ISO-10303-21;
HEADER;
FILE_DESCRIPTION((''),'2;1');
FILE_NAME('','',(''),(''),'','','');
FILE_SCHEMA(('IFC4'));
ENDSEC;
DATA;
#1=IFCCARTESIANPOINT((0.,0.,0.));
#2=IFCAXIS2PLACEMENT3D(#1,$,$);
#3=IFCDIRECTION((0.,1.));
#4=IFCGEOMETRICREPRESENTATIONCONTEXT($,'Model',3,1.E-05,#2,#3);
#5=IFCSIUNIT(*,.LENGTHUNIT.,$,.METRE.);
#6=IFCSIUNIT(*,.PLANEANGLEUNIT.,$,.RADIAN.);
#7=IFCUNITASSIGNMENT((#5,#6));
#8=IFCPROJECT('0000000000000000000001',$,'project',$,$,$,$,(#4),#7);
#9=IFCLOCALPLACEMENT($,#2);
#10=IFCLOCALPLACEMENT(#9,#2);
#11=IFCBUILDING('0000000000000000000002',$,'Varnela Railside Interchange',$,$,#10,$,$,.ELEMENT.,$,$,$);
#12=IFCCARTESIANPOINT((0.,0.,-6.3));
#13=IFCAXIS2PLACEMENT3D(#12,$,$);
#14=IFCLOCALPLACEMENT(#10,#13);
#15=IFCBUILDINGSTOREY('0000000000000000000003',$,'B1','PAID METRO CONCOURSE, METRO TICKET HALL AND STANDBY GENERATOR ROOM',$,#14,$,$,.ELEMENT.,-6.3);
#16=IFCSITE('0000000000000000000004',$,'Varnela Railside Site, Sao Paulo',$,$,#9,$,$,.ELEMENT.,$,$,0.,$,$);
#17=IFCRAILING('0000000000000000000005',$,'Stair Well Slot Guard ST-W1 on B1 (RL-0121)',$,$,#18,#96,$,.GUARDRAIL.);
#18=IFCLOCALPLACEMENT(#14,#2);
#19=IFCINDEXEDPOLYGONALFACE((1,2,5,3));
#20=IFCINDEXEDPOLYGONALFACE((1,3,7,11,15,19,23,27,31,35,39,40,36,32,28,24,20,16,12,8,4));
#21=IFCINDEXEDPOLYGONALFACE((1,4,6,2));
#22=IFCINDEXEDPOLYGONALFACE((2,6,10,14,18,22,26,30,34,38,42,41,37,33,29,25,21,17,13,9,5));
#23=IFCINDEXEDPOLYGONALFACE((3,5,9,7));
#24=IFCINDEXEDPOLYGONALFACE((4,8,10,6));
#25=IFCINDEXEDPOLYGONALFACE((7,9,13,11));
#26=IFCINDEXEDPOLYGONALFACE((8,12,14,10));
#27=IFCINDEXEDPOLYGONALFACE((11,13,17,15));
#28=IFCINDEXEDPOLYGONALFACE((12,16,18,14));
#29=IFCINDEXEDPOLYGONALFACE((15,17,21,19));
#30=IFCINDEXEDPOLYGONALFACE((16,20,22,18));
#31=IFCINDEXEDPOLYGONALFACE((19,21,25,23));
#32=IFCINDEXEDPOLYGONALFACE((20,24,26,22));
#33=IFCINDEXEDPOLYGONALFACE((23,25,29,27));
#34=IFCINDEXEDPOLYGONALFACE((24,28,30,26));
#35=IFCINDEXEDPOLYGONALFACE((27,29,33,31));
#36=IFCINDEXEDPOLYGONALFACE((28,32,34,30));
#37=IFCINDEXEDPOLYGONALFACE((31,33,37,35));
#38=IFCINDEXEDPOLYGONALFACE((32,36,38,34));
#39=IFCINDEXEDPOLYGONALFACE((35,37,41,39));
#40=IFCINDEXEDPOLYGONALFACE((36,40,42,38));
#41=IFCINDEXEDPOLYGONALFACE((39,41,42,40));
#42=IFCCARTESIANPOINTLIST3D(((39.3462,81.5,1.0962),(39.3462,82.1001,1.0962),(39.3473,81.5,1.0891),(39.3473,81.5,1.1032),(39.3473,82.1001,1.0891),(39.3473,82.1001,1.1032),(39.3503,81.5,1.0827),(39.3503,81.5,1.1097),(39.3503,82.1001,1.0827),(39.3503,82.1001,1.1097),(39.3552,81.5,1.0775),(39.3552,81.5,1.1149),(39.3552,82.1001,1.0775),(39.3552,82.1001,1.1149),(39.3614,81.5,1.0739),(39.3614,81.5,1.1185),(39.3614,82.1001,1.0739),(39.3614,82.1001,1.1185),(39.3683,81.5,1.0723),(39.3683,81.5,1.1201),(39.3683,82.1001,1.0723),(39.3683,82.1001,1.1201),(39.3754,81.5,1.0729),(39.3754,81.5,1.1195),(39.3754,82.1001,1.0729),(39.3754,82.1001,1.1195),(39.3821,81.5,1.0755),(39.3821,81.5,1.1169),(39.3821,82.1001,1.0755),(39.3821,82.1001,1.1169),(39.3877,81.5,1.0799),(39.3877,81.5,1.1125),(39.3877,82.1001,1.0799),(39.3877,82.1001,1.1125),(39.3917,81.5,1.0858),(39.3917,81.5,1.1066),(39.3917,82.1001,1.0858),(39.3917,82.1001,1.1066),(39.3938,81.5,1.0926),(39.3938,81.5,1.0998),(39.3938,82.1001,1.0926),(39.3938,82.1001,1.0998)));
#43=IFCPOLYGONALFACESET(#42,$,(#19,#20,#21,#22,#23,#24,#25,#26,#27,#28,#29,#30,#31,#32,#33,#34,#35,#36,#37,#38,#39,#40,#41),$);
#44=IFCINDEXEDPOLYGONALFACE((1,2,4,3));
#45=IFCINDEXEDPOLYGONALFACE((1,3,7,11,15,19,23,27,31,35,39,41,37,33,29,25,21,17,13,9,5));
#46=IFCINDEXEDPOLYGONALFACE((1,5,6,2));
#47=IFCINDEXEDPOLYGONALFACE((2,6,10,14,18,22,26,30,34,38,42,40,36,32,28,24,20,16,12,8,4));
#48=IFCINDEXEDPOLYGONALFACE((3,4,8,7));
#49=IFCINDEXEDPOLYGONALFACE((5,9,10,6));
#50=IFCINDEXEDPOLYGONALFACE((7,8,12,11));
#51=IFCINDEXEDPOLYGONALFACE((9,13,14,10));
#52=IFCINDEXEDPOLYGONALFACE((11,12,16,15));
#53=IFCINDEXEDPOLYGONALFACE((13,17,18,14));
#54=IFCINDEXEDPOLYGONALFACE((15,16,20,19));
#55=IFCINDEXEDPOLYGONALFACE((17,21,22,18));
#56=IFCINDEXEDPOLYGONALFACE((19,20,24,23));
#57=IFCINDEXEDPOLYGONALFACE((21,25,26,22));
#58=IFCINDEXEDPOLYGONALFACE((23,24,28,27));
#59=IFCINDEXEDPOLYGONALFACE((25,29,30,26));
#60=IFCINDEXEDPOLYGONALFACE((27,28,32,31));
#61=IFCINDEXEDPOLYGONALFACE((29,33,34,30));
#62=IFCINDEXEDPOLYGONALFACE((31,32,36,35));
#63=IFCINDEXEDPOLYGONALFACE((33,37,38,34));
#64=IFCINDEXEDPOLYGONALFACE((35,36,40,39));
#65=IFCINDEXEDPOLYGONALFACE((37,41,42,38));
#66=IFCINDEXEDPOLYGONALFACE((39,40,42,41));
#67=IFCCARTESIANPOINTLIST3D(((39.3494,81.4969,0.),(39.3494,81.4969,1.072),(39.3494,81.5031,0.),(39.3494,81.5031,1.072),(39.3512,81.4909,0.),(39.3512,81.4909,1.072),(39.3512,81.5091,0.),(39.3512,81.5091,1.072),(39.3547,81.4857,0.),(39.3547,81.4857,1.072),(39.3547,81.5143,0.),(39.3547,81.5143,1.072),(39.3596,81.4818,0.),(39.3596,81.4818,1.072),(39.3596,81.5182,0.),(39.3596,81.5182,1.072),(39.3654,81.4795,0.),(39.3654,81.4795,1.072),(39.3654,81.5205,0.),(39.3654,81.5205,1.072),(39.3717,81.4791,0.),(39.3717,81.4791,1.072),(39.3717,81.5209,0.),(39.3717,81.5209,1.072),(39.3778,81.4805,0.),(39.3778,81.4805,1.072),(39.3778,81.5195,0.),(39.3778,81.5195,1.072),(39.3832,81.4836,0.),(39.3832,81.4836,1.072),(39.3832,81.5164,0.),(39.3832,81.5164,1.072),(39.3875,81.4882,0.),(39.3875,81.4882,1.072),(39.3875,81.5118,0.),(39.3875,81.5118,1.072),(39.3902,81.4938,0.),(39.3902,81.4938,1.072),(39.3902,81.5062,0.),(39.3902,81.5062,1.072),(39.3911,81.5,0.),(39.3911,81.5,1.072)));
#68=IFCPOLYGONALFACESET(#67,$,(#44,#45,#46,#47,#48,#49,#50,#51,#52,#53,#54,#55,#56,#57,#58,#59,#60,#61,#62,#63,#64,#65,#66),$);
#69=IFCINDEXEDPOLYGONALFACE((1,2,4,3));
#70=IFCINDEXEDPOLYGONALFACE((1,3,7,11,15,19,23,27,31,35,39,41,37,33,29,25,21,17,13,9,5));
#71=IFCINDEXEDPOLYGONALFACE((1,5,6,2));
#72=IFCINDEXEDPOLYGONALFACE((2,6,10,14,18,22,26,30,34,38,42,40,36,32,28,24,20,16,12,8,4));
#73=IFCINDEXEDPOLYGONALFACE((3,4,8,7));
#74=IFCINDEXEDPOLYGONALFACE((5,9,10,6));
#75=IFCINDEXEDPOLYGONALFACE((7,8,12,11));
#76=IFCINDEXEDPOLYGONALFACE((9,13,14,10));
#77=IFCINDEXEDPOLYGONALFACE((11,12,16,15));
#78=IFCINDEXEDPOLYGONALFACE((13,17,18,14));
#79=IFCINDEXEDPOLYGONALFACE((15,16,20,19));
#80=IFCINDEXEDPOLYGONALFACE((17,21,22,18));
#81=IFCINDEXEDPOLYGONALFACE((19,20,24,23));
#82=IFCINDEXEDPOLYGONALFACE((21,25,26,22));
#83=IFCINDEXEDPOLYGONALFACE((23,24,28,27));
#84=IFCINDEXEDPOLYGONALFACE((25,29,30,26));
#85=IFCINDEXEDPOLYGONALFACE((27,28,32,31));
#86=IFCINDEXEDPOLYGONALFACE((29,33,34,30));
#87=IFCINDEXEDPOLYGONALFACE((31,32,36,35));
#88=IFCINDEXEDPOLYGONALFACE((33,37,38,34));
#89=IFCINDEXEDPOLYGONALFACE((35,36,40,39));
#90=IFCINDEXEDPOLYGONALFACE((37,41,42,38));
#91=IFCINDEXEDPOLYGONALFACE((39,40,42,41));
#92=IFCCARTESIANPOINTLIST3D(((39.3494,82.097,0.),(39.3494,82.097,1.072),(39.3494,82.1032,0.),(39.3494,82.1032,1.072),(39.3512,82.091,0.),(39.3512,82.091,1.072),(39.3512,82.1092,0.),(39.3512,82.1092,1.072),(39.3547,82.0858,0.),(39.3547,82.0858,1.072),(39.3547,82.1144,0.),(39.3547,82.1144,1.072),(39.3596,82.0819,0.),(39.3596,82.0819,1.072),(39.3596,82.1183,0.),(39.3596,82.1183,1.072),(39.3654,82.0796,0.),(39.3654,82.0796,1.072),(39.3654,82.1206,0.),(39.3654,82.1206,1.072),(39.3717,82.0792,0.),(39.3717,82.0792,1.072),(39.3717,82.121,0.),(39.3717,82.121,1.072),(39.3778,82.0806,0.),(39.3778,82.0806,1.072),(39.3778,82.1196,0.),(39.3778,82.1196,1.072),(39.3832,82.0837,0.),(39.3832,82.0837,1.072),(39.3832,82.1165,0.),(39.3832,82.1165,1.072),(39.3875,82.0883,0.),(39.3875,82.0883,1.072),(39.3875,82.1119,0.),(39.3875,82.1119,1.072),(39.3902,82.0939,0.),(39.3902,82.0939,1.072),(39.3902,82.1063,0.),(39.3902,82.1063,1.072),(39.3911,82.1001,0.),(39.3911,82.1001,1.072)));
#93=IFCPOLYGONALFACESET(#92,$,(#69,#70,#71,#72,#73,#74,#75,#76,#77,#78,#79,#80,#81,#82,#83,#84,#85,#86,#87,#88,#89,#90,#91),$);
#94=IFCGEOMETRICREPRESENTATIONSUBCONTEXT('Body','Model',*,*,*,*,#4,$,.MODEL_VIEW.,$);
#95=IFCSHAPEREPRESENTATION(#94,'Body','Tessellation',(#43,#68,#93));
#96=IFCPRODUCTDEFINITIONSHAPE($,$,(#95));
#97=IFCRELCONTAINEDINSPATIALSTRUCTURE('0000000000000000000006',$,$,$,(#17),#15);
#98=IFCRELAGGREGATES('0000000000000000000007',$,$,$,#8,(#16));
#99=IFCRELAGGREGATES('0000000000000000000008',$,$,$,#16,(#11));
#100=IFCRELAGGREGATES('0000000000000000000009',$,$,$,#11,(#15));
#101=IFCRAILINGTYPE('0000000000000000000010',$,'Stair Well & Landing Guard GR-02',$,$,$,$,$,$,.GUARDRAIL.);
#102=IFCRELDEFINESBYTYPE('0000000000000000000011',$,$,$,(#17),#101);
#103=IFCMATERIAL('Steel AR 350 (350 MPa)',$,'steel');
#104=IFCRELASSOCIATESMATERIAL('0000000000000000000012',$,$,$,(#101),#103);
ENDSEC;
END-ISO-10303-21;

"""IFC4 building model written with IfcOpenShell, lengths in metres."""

from ifc_helpers import new_model, si_unit, direction, frame, origin, origin_2d, place, context, subcontext, project, spatial, circle, extrude, material, type_object, element, save


model = new_model("IFC4")

# Units and contexts
model_context = context("Model", 3, precision=1e-05, world=origin(), true_north=direction((0.0, 1.0)))
body_context = subcontext(model_context, "Body", "Model", "MODEL_VIEW")
ifc_project = project(units=[si_unit("LENGTHUNIT", "METRE"), si_unit("PLANEANGLEUNIT", "RADIAN")], contexts=[model_context])

# Site, building, storey
site_placement = place(None, origin())
site = spatial("IfcSite", under=ifc_project, at=site_placement, Name="Varnela Railside Site, Sao Paulo", CompositionType="ELEMENT", RefElevation=0.0)
building_placement = place(site_placement, origin())
building = spatial("IfcBuilding", under=site, at=building_placement, Name="Varnela Railside Interchange", CompositionType="ELEMENT")
storey_placement = place(building_placement, frame((0.0, 0.0, -6.3)))
storey = spatial("IfcBuildingStorey", under=building, at=storey_placement, Name="B1", Description="PAID METRO CONCOURSE, METRO TICKET HALL AND STANDBY GENERATOR ROOM", CompositionType="ELEMENT", Elevation=-6.3)

# Shared definitions
ifc_material_1 = material(Name="Steel AR 350 (350 MPa)", Category="steel")

# Railing
railing_type_1 = type_object("IfcRailingType", Name="Stair Well & Landing Guard GR-02", PredefinedType="GUARDRAIL", material=ifc_material_1)
railing_1_placement = place(storey_placement, frame((39.3701, 81.5, 0.0)))
element("IfcRailing", 1, at=railing_1_placement, inside=storey, type_object=railing_type_1, Name="Stair Well Slot Guard ST-W1 on B1 (RL-0121)", PredefinedType="GUARDRAIL", context=body_context, shape_type="SweptSolid", body=[
    extrude(circle(Radius=0.0239, at=origin_2d()), frame((0.0, 0.0, 1.0962), z_axis=(0.0, 1.0, 0.0), x_axis=(-1.0, 0.0, 0.0)), (0.0, 0.0, 1.0), 0.6001),
    extrude(circle(Radius=0.021, at=origin_2d()), origin(), (0.0, 0.0, 1.0), 1.072),
    extrude(circle(Radius=0.021, at=origin_2d()), frame((0.0, 0.6001, 0.0)), (0.0, 0.0, 1.0), 1.072),
])

save(model, "model.ifc")
